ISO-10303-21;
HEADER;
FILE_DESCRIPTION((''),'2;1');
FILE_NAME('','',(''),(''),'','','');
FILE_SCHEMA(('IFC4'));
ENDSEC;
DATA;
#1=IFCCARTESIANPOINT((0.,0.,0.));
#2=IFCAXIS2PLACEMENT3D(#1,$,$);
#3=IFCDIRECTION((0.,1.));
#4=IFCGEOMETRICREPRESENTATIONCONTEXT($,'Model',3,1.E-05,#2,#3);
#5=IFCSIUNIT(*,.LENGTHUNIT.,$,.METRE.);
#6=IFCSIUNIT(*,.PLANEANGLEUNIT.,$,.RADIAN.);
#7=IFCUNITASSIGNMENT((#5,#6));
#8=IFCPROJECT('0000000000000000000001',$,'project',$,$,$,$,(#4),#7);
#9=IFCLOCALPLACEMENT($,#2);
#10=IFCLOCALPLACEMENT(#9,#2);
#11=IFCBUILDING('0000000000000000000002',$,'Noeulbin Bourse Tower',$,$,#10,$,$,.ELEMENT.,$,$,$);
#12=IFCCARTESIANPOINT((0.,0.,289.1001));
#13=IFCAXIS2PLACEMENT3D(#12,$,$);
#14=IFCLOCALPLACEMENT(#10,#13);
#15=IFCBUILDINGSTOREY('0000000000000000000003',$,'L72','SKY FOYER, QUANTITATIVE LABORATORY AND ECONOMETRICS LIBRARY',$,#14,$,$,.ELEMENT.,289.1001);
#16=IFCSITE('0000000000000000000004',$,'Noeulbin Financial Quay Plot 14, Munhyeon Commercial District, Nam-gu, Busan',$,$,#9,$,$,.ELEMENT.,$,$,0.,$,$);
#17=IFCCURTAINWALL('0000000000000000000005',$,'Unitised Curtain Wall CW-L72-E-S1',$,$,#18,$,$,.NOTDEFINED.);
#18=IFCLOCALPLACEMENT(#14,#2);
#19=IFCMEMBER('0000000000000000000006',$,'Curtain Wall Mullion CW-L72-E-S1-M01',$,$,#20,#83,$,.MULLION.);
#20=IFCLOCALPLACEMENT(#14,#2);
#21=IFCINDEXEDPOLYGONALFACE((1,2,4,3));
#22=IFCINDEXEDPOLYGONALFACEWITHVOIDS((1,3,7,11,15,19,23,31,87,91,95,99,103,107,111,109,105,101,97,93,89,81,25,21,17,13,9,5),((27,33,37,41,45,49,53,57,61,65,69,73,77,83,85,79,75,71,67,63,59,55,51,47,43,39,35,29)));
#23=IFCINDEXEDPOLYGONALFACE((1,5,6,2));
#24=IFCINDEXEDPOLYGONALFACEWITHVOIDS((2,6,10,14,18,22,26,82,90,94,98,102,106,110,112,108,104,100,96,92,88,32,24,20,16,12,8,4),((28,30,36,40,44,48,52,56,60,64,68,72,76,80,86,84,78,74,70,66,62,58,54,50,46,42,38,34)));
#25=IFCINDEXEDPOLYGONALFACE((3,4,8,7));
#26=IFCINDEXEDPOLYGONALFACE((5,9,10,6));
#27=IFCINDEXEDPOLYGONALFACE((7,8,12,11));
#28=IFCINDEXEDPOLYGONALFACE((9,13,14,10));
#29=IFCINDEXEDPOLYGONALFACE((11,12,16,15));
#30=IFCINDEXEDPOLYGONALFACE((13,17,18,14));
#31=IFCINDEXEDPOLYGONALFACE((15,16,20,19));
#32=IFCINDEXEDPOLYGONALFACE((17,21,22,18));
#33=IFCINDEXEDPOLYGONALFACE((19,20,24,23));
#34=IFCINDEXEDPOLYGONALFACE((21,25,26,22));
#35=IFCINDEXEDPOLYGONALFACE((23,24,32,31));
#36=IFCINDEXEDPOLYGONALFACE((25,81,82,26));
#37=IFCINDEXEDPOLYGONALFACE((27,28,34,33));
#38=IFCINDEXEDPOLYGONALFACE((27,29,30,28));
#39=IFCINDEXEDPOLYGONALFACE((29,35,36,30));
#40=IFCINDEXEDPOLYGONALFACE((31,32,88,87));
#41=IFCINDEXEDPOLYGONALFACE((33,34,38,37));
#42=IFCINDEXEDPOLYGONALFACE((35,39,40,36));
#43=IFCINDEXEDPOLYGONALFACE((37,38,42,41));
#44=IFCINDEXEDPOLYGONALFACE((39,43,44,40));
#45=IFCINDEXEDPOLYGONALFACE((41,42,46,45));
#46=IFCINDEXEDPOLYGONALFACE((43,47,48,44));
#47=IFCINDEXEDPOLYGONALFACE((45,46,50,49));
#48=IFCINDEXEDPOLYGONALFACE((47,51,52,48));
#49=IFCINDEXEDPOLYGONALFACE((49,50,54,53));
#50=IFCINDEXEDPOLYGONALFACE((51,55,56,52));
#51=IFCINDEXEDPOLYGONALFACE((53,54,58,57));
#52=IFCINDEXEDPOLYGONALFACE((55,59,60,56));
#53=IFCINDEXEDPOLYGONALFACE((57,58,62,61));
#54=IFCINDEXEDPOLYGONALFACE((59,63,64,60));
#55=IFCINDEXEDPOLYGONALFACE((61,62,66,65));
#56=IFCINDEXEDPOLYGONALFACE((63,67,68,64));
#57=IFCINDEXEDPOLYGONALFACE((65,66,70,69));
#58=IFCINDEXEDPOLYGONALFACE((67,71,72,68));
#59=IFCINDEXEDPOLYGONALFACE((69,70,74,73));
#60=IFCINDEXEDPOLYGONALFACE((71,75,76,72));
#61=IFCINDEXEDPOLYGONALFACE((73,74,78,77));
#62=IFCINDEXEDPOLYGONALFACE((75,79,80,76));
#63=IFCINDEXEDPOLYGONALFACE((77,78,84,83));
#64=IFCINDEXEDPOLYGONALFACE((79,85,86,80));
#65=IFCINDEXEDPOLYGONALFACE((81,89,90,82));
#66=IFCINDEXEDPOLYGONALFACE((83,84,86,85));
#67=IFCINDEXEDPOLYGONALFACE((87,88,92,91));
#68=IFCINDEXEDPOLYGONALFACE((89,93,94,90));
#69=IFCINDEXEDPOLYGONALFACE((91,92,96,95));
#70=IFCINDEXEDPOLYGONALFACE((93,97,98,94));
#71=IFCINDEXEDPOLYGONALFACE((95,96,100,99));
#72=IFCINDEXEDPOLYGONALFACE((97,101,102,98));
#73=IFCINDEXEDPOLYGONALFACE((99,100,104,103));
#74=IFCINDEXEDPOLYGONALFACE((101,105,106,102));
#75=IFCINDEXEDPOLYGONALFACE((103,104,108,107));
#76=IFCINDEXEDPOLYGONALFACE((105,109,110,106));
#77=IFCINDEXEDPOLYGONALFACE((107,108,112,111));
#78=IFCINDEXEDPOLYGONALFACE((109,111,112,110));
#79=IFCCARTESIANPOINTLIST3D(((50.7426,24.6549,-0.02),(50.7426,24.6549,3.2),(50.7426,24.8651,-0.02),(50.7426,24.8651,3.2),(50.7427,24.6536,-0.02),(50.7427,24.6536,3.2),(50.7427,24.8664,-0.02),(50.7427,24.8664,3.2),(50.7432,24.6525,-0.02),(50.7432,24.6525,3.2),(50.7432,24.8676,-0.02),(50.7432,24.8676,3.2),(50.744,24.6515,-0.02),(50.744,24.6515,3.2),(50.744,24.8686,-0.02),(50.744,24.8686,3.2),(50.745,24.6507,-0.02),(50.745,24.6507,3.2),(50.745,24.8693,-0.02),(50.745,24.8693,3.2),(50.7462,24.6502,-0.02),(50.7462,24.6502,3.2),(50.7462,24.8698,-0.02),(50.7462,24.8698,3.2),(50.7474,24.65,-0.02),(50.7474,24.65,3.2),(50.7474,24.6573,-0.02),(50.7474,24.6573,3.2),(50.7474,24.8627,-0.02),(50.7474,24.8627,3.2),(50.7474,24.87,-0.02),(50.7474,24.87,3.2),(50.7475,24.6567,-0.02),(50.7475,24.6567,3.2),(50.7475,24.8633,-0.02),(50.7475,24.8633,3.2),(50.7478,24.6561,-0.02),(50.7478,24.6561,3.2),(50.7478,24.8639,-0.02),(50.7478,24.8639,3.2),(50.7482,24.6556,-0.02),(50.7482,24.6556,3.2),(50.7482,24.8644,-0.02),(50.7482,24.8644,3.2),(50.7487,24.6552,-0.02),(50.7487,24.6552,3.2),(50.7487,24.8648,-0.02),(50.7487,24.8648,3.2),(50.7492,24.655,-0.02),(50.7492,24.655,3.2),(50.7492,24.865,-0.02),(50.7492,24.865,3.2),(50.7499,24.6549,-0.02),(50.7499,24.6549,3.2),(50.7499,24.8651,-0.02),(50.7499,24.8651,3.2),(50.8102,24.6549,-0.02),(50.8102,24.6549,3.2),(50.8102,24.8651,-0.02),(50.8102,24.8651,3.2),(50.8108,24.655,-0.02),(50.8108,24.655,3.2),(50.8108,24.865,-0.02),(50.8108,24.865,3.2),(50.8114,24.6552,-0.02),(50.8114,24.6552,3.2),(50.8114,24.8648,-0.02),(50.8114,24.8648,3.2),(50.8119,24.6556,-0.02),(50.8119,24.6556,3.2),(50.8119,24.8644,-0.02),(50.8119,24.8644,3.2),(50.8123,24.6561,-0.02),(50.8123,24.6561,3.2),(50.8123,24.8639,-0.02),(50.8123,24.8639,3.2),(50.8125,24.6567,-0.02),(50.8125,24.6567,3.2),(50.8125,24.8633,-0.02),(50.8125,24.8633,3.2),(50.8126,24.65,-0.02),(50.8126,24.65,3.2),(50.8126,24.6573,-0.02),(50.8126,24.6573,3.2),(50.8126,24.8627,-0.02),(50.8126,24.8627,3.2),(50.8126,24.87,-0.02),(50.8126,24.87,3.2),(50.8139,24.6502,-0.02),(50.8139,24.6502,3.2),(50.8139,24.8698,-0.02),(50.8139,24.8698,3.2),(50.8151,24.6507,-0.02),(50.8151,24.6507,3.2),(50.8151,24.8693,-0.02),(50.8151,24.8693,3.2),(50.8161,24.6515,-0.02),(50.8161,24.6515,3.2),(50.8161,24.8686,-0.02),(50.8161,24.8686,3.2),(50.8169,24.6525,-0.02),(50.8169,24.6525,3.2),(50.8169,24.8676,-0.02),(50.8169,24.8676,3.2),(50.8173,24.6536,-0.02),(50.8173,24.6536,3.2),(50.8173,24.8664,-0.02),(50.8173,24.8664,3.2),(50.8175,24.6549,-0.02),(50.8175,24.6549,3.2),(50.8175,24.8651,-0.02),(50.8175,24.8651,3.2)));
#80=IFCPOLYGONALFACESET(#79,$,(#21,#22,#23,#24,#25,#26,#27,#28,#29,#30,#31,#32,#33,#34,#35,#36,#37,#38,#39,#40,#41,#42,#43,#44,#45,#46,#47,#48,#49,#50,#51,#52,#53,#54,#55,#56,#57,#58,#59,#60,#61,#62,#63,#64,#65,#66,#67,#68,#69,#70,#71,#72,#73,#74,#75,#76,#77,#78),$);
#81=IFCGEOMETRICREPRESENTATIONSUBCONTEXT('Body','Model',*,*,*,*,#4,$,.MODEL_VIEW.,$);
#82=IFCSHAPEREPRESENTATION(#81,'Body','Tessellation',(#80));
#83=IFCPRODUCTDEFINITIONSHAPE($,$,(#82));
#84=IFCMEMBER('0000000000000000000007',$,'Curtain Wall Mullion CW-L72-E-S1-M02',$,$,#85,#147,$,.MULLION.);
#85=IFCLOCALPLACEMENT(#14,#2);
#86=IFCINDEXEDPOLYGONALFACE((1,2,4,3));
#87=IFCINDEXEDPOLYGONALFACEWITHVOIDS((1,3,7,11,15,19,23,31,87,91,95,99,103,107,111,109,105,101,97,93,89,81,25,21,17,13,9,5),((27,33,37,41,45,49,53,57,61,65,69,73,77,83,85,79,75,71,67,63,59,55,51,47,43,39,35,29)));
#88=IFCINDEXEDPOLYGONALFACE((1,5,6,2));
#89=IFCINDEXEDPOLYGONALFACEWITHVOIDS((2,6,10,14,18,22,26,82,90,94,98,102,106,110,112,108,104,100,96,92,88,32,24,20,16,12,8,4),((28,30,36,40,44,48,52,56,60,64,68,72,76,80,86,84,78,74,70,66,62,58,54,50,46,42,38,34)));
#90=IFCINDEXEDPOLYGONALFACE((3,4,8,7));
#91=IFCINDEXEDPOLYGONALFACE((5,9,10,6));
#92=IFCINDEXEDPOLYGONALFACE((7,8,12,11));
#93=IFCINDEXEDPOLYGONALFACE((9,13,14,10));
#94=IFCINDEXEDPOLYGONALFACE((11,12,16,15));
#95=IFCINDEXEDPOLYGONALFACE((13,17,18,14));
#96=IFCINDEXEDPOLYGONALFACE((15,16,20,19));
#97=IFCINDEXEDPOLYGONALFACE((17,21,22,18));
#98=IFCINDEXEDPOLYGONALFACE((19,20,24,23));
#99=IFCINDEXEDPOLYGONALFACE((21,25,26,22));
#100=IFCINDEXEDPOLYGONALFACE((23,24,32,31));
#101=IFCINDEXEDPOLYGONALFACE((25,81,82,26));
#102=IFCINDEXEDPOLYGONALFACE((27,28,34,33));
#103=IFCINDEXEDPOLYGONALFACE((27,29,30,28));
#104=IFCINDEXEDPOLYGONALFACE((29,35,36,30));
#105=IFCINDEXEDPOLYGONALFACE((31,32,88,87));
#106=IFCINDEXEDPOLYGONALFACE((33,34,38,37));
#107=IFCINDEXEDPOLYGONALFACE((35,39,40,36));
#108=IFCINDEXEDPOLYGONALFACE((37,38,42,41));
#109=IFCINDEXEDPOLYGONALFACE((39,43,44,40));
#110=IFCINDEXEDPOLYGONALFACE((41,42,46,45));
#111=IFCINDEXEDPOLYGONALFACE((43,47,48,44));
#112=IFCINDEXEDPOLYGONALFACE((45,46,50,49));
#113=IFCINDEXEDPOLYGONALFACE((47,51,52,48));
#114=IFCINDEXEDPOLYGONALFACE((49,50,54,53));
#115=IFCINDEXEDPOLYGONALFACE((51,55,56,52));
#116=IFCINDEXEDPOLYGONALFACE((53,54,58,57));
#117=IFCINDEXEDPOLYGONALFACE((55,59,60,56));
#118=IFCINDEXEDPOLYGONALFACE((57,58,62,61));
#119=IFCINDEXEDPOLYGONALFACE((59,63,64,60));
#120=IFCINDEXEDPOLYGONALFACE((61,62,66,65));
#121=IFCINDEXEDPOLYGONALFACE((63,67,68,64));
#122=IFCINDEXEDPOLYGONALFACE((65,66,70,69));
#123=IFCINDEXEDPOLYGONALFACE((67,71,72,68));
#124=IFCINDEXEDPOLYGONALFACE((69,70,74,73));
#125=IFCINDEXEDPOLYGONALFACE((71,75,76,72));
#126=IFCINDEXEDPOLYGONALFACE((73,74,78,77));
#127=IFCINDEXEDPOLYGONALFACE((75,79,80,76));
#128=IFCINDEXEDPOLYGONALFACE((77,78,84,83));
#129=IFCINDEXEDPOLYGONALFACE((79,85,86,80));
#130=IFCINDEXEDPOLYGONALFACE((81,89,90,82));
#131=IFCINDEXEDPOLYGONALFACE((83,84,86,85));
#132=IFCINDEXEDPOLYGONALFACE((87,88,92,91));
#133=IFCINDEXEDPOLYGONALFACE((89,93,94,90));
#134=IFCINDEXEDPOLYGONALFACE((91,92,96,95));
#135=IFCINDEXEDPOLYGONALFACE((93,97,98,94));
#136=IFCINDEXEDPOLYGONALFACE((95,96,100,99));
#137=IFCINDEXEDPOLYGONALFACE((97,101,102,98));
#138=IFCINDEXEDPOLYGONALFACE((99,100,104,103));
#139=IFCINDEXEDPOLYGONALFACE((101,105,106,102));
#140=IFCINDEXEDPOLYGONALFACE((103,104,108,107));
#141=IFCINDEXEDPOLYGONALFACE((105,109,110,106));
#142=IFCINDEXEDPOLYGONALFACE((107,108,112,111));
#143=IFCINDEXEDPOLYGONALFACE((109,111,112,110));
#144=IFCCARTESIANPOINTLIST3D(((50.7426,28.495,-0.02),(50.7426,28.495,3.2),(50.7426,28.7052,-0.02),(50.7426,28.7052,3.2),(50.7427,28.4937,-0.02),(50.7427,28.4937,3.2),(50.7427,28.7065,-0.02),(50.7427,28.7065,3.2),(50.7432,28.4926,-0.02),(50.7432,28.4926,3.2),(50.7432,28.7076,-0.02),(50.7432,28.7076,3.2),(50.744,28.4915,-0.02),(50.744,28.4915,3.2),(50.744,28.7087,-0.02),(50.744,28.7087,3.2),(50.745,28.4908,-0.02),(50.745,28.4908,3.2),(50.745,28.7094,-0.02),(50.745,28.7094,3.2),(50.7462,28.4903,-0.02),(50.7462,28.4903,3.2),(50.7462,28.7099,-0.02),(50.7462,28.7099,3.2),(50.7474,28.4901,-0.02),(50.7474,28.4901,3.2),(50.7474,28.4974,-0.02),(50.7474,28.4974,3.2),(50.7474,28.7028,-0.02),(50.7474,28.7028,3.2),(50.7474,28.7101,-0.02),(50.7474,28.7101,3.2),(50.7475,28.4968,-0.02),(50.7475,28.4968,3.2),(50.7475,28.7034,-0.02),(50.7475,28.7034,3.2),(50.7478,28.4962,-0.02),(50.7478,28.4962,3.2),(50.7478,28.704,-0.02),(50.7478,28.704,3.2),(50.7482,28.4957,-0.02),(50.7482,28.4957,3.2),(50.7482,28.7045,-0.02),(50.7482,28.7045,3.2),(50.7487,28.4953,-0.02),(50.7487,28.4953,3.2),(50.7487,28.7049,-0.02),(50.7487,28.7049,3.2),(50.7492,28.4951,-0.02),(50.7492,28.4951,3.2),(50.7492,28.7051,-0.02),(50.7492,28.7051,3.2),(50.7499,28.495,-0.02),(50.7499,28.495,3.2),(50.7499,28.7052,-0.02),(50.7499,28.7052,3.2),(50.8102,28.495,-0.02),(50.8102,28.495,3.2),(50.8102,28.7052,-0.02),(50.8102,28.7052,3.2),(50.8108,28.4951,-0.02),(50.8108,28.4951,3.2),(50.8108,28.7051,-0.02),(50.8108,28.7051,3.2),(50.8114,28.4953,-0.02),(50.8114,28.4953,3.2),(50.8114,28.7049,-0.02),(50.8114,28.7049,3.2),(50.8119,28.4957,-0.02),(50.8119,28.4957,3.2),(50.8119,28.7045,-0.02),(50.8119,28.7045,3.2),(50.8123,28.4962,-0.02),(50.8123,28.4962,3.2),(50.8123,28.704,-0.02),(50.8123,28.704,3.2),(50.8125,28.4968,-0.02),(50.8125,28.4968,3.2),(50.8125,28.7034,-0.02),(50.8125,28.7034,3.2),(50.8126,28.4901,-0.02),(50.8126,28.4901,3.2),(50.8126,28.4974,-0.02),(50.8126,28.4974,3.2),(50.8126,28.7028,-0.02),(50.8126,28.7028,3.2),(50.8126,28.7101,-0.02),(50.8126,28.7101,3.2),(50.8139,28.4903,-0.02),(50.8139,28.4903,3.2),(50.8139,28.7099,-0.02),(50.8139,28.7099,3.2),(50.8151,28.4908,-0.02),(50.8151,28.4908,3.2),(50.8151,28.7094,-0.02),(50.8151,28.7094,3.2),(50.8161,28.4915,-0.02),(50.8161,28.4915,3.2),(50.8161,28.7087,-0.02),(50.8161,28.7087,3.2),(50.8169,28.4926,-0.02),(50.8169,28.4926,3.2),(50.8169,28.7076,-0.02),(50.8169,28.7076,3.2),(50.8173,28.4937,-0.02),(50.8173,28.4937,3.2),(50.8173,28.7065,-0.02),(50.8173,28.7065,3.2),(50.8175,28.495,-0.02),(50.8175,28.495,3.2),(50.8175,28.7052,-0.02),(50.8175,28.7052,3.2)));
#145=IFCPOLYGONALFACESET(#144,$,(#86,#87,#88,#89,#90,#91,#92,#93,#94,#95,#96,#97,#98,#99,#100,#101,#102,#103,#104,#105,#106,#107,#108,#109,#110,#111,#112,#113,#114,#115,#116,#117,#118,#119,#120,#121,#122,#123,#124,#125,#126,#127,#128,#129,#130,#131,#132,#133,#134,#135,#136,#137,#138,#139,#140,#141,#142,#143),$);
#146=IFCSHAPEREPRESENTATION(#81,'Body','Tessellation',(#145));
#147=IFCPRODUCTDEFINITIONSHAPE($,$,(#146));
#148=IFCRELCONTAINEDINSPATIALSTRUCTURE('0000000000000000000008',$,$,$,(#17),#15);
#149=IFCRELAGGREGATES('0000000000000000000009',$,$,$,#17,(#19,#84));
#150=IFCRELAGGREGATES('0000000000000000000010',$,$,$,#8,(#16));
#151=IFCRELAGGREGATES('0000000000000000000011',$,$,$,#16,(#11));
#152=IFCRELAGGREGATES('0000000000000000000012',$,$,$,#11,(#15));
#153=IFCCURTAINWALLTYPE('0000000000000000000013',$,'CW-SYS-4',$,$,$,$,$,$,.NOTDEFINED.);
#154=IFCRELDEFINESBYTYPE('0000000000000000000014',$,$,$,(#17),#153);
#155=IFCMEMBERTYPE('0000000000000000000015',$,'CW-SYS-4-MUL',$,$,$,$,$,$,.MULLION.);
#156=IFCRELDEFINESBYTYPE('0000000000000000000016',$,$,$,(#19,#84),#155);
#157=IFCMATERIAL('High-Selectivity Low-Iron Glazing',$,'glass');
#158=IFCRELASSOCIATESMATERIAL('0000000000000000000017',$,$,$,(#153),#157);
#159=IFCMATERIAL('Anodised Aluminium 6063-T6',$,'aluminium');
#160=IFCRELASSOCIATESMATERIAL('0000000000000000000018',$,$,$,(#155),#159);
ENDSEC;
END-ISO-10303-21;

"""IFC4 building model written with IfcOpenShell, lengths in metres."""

from ifc_helpers import new_model, si_unit, direction, frame, origin, origin_2d, place, context, subcontext, project, spatial, hollow_rectangle, extrude, material, material_profile, profile_set, type_object, element, aggregate, save


model = new_model("IFC4")

# Units and contexts
model_context = context("Model", 3, precision=1e-05, world=origin(), true_north=direction((0.0, 1.0)))
body_context = subcontext(model_context, "Body", "Model", "MODEL_VIEW")
ifc_project = project(units=[si_unit("LENGTHUNIT", "METRE"), si_unit("PLANEANGLEUNIT", "RADIAN")], contexts=[model_context])

# Site, building, storey
site_placement = place(None, origin())
site = spatial("IfcSite", under=ifc_project, at=site_placement, Name="Noeulbin Financial Quay Plot 14, Munhyeon Commercial District, Nam-gu, Busan", CompositionType="ELEMENT", RefElevation=0.0)
building_placement = place(site_placement, origin())
building = spatial("IfcBuilding", under=site, at=building_placement, Name="Noeulbin Bourse Tower", CompositionType="ELEMENT")
storey_placement = place(building_placement, frame((0.0, 0.0, 289.1001)))
storey = spatial("IfcBuildingStorey", under=building, at=storey_placement, Name="L72", Description="SKY FOYER, QUANTITATIVE LABORATORY AND ECONOMETRICS LIBRARY", CompositionType="ELEMENT", Elevation=289.1001)

# Curtain wall, members
ifc_material_1 = material(Name="High-Selectivity Low-Iron Glazing", Category="glass")
curtain_wall_type = type_object("IfcCurtainWallType", Name="CW-SYS-4", PredefinedType="NOTDEFINED", material=ifc_material_1)
ifc_material_2 = material(Name="Anodised Aluminium 6063-T6", Category="aluminium")
ifc_material_profile_1 = material_profile(ifc_material_2, hollow_rectangle(XDim=0.075, YDim=0.22, WallThickness=0.0049, InnerFilletRadius=0.0024, OuterFilletRadius=0.0049, at=origin_2d()), Name="ALU-MULL-75x220x5", Category="LoadBearing")
ifc_profile_set_1 = profile_set([ifc_material_profile_1], Name="Anodised Aluminium 6063-T6")
member_type_1 = type_object("IfcMemberType", Name="CW-SYS-4-MUL", PredefinedType="MULLION", material=ifc_profile_set_1)
curtain_wall_1_placement = place(storey_placement, origin())
curtain_wall_1 = element("IfcCurtainWall", 1, at=curtain_wall_1_placement, inside=storey, type_object=curtain_wall_type, Name="Unitised Curtain Wall CW-L72-E-S1", PredefinedType="NOTDEFINED")
member_1_placement = place(storey_placement, frame((50.78, 24.76, -0.02), z_axis=(0.0, 0.0, 1.0), x_axis=(1.0, 0.0, 0.0)))
member_1 = element("IfcMember", 2, at=member_1_placement, type_object=member_type_1, Name="Curtain Wall Mullion CW-L72-E-S1-M01", PredefinedType="MULLION", context=body_context, shape_type="SweptSolid", body=[
    extrude(hollow_rectangle(XDim=0.075, YDim=0.22, WallThickness=0.0049, InnerFilletRadius=0.0024, OuterFilletRadius=0.0049, at=origin_2d()), origin(), (0.0, 0.0, 1.0), 3.22),
])
member_2_placement = place(storey_placement, frame((50.78, 28.6001, -0.02), z_axis=(0.0, 0.0, 1.0), x_axis=(1.0, 0.0, 0.0)))
member_2 = element("IfcMember", 3, at=member_2_placement, type_object=member_type_1, Name="Curtain Wall Mullion CW-L72-E-S1-M02", PredefinedType="MULLION", context=body_context, shape_type="SweptSolid", body=[
    extrude(hollow_rectangle(XDim=0.075, YDim=0.22, WallThickness=0.0049, InnerFilletRadius=0.0024, OuterFilletRadius=0.0049, at=origin_2d()), origin(), (0.0, 0.0, 1.0), 3.22),
])

aggregate(curtain_wall_1, [member_1, member_2])

save(model, "model.ifc")
